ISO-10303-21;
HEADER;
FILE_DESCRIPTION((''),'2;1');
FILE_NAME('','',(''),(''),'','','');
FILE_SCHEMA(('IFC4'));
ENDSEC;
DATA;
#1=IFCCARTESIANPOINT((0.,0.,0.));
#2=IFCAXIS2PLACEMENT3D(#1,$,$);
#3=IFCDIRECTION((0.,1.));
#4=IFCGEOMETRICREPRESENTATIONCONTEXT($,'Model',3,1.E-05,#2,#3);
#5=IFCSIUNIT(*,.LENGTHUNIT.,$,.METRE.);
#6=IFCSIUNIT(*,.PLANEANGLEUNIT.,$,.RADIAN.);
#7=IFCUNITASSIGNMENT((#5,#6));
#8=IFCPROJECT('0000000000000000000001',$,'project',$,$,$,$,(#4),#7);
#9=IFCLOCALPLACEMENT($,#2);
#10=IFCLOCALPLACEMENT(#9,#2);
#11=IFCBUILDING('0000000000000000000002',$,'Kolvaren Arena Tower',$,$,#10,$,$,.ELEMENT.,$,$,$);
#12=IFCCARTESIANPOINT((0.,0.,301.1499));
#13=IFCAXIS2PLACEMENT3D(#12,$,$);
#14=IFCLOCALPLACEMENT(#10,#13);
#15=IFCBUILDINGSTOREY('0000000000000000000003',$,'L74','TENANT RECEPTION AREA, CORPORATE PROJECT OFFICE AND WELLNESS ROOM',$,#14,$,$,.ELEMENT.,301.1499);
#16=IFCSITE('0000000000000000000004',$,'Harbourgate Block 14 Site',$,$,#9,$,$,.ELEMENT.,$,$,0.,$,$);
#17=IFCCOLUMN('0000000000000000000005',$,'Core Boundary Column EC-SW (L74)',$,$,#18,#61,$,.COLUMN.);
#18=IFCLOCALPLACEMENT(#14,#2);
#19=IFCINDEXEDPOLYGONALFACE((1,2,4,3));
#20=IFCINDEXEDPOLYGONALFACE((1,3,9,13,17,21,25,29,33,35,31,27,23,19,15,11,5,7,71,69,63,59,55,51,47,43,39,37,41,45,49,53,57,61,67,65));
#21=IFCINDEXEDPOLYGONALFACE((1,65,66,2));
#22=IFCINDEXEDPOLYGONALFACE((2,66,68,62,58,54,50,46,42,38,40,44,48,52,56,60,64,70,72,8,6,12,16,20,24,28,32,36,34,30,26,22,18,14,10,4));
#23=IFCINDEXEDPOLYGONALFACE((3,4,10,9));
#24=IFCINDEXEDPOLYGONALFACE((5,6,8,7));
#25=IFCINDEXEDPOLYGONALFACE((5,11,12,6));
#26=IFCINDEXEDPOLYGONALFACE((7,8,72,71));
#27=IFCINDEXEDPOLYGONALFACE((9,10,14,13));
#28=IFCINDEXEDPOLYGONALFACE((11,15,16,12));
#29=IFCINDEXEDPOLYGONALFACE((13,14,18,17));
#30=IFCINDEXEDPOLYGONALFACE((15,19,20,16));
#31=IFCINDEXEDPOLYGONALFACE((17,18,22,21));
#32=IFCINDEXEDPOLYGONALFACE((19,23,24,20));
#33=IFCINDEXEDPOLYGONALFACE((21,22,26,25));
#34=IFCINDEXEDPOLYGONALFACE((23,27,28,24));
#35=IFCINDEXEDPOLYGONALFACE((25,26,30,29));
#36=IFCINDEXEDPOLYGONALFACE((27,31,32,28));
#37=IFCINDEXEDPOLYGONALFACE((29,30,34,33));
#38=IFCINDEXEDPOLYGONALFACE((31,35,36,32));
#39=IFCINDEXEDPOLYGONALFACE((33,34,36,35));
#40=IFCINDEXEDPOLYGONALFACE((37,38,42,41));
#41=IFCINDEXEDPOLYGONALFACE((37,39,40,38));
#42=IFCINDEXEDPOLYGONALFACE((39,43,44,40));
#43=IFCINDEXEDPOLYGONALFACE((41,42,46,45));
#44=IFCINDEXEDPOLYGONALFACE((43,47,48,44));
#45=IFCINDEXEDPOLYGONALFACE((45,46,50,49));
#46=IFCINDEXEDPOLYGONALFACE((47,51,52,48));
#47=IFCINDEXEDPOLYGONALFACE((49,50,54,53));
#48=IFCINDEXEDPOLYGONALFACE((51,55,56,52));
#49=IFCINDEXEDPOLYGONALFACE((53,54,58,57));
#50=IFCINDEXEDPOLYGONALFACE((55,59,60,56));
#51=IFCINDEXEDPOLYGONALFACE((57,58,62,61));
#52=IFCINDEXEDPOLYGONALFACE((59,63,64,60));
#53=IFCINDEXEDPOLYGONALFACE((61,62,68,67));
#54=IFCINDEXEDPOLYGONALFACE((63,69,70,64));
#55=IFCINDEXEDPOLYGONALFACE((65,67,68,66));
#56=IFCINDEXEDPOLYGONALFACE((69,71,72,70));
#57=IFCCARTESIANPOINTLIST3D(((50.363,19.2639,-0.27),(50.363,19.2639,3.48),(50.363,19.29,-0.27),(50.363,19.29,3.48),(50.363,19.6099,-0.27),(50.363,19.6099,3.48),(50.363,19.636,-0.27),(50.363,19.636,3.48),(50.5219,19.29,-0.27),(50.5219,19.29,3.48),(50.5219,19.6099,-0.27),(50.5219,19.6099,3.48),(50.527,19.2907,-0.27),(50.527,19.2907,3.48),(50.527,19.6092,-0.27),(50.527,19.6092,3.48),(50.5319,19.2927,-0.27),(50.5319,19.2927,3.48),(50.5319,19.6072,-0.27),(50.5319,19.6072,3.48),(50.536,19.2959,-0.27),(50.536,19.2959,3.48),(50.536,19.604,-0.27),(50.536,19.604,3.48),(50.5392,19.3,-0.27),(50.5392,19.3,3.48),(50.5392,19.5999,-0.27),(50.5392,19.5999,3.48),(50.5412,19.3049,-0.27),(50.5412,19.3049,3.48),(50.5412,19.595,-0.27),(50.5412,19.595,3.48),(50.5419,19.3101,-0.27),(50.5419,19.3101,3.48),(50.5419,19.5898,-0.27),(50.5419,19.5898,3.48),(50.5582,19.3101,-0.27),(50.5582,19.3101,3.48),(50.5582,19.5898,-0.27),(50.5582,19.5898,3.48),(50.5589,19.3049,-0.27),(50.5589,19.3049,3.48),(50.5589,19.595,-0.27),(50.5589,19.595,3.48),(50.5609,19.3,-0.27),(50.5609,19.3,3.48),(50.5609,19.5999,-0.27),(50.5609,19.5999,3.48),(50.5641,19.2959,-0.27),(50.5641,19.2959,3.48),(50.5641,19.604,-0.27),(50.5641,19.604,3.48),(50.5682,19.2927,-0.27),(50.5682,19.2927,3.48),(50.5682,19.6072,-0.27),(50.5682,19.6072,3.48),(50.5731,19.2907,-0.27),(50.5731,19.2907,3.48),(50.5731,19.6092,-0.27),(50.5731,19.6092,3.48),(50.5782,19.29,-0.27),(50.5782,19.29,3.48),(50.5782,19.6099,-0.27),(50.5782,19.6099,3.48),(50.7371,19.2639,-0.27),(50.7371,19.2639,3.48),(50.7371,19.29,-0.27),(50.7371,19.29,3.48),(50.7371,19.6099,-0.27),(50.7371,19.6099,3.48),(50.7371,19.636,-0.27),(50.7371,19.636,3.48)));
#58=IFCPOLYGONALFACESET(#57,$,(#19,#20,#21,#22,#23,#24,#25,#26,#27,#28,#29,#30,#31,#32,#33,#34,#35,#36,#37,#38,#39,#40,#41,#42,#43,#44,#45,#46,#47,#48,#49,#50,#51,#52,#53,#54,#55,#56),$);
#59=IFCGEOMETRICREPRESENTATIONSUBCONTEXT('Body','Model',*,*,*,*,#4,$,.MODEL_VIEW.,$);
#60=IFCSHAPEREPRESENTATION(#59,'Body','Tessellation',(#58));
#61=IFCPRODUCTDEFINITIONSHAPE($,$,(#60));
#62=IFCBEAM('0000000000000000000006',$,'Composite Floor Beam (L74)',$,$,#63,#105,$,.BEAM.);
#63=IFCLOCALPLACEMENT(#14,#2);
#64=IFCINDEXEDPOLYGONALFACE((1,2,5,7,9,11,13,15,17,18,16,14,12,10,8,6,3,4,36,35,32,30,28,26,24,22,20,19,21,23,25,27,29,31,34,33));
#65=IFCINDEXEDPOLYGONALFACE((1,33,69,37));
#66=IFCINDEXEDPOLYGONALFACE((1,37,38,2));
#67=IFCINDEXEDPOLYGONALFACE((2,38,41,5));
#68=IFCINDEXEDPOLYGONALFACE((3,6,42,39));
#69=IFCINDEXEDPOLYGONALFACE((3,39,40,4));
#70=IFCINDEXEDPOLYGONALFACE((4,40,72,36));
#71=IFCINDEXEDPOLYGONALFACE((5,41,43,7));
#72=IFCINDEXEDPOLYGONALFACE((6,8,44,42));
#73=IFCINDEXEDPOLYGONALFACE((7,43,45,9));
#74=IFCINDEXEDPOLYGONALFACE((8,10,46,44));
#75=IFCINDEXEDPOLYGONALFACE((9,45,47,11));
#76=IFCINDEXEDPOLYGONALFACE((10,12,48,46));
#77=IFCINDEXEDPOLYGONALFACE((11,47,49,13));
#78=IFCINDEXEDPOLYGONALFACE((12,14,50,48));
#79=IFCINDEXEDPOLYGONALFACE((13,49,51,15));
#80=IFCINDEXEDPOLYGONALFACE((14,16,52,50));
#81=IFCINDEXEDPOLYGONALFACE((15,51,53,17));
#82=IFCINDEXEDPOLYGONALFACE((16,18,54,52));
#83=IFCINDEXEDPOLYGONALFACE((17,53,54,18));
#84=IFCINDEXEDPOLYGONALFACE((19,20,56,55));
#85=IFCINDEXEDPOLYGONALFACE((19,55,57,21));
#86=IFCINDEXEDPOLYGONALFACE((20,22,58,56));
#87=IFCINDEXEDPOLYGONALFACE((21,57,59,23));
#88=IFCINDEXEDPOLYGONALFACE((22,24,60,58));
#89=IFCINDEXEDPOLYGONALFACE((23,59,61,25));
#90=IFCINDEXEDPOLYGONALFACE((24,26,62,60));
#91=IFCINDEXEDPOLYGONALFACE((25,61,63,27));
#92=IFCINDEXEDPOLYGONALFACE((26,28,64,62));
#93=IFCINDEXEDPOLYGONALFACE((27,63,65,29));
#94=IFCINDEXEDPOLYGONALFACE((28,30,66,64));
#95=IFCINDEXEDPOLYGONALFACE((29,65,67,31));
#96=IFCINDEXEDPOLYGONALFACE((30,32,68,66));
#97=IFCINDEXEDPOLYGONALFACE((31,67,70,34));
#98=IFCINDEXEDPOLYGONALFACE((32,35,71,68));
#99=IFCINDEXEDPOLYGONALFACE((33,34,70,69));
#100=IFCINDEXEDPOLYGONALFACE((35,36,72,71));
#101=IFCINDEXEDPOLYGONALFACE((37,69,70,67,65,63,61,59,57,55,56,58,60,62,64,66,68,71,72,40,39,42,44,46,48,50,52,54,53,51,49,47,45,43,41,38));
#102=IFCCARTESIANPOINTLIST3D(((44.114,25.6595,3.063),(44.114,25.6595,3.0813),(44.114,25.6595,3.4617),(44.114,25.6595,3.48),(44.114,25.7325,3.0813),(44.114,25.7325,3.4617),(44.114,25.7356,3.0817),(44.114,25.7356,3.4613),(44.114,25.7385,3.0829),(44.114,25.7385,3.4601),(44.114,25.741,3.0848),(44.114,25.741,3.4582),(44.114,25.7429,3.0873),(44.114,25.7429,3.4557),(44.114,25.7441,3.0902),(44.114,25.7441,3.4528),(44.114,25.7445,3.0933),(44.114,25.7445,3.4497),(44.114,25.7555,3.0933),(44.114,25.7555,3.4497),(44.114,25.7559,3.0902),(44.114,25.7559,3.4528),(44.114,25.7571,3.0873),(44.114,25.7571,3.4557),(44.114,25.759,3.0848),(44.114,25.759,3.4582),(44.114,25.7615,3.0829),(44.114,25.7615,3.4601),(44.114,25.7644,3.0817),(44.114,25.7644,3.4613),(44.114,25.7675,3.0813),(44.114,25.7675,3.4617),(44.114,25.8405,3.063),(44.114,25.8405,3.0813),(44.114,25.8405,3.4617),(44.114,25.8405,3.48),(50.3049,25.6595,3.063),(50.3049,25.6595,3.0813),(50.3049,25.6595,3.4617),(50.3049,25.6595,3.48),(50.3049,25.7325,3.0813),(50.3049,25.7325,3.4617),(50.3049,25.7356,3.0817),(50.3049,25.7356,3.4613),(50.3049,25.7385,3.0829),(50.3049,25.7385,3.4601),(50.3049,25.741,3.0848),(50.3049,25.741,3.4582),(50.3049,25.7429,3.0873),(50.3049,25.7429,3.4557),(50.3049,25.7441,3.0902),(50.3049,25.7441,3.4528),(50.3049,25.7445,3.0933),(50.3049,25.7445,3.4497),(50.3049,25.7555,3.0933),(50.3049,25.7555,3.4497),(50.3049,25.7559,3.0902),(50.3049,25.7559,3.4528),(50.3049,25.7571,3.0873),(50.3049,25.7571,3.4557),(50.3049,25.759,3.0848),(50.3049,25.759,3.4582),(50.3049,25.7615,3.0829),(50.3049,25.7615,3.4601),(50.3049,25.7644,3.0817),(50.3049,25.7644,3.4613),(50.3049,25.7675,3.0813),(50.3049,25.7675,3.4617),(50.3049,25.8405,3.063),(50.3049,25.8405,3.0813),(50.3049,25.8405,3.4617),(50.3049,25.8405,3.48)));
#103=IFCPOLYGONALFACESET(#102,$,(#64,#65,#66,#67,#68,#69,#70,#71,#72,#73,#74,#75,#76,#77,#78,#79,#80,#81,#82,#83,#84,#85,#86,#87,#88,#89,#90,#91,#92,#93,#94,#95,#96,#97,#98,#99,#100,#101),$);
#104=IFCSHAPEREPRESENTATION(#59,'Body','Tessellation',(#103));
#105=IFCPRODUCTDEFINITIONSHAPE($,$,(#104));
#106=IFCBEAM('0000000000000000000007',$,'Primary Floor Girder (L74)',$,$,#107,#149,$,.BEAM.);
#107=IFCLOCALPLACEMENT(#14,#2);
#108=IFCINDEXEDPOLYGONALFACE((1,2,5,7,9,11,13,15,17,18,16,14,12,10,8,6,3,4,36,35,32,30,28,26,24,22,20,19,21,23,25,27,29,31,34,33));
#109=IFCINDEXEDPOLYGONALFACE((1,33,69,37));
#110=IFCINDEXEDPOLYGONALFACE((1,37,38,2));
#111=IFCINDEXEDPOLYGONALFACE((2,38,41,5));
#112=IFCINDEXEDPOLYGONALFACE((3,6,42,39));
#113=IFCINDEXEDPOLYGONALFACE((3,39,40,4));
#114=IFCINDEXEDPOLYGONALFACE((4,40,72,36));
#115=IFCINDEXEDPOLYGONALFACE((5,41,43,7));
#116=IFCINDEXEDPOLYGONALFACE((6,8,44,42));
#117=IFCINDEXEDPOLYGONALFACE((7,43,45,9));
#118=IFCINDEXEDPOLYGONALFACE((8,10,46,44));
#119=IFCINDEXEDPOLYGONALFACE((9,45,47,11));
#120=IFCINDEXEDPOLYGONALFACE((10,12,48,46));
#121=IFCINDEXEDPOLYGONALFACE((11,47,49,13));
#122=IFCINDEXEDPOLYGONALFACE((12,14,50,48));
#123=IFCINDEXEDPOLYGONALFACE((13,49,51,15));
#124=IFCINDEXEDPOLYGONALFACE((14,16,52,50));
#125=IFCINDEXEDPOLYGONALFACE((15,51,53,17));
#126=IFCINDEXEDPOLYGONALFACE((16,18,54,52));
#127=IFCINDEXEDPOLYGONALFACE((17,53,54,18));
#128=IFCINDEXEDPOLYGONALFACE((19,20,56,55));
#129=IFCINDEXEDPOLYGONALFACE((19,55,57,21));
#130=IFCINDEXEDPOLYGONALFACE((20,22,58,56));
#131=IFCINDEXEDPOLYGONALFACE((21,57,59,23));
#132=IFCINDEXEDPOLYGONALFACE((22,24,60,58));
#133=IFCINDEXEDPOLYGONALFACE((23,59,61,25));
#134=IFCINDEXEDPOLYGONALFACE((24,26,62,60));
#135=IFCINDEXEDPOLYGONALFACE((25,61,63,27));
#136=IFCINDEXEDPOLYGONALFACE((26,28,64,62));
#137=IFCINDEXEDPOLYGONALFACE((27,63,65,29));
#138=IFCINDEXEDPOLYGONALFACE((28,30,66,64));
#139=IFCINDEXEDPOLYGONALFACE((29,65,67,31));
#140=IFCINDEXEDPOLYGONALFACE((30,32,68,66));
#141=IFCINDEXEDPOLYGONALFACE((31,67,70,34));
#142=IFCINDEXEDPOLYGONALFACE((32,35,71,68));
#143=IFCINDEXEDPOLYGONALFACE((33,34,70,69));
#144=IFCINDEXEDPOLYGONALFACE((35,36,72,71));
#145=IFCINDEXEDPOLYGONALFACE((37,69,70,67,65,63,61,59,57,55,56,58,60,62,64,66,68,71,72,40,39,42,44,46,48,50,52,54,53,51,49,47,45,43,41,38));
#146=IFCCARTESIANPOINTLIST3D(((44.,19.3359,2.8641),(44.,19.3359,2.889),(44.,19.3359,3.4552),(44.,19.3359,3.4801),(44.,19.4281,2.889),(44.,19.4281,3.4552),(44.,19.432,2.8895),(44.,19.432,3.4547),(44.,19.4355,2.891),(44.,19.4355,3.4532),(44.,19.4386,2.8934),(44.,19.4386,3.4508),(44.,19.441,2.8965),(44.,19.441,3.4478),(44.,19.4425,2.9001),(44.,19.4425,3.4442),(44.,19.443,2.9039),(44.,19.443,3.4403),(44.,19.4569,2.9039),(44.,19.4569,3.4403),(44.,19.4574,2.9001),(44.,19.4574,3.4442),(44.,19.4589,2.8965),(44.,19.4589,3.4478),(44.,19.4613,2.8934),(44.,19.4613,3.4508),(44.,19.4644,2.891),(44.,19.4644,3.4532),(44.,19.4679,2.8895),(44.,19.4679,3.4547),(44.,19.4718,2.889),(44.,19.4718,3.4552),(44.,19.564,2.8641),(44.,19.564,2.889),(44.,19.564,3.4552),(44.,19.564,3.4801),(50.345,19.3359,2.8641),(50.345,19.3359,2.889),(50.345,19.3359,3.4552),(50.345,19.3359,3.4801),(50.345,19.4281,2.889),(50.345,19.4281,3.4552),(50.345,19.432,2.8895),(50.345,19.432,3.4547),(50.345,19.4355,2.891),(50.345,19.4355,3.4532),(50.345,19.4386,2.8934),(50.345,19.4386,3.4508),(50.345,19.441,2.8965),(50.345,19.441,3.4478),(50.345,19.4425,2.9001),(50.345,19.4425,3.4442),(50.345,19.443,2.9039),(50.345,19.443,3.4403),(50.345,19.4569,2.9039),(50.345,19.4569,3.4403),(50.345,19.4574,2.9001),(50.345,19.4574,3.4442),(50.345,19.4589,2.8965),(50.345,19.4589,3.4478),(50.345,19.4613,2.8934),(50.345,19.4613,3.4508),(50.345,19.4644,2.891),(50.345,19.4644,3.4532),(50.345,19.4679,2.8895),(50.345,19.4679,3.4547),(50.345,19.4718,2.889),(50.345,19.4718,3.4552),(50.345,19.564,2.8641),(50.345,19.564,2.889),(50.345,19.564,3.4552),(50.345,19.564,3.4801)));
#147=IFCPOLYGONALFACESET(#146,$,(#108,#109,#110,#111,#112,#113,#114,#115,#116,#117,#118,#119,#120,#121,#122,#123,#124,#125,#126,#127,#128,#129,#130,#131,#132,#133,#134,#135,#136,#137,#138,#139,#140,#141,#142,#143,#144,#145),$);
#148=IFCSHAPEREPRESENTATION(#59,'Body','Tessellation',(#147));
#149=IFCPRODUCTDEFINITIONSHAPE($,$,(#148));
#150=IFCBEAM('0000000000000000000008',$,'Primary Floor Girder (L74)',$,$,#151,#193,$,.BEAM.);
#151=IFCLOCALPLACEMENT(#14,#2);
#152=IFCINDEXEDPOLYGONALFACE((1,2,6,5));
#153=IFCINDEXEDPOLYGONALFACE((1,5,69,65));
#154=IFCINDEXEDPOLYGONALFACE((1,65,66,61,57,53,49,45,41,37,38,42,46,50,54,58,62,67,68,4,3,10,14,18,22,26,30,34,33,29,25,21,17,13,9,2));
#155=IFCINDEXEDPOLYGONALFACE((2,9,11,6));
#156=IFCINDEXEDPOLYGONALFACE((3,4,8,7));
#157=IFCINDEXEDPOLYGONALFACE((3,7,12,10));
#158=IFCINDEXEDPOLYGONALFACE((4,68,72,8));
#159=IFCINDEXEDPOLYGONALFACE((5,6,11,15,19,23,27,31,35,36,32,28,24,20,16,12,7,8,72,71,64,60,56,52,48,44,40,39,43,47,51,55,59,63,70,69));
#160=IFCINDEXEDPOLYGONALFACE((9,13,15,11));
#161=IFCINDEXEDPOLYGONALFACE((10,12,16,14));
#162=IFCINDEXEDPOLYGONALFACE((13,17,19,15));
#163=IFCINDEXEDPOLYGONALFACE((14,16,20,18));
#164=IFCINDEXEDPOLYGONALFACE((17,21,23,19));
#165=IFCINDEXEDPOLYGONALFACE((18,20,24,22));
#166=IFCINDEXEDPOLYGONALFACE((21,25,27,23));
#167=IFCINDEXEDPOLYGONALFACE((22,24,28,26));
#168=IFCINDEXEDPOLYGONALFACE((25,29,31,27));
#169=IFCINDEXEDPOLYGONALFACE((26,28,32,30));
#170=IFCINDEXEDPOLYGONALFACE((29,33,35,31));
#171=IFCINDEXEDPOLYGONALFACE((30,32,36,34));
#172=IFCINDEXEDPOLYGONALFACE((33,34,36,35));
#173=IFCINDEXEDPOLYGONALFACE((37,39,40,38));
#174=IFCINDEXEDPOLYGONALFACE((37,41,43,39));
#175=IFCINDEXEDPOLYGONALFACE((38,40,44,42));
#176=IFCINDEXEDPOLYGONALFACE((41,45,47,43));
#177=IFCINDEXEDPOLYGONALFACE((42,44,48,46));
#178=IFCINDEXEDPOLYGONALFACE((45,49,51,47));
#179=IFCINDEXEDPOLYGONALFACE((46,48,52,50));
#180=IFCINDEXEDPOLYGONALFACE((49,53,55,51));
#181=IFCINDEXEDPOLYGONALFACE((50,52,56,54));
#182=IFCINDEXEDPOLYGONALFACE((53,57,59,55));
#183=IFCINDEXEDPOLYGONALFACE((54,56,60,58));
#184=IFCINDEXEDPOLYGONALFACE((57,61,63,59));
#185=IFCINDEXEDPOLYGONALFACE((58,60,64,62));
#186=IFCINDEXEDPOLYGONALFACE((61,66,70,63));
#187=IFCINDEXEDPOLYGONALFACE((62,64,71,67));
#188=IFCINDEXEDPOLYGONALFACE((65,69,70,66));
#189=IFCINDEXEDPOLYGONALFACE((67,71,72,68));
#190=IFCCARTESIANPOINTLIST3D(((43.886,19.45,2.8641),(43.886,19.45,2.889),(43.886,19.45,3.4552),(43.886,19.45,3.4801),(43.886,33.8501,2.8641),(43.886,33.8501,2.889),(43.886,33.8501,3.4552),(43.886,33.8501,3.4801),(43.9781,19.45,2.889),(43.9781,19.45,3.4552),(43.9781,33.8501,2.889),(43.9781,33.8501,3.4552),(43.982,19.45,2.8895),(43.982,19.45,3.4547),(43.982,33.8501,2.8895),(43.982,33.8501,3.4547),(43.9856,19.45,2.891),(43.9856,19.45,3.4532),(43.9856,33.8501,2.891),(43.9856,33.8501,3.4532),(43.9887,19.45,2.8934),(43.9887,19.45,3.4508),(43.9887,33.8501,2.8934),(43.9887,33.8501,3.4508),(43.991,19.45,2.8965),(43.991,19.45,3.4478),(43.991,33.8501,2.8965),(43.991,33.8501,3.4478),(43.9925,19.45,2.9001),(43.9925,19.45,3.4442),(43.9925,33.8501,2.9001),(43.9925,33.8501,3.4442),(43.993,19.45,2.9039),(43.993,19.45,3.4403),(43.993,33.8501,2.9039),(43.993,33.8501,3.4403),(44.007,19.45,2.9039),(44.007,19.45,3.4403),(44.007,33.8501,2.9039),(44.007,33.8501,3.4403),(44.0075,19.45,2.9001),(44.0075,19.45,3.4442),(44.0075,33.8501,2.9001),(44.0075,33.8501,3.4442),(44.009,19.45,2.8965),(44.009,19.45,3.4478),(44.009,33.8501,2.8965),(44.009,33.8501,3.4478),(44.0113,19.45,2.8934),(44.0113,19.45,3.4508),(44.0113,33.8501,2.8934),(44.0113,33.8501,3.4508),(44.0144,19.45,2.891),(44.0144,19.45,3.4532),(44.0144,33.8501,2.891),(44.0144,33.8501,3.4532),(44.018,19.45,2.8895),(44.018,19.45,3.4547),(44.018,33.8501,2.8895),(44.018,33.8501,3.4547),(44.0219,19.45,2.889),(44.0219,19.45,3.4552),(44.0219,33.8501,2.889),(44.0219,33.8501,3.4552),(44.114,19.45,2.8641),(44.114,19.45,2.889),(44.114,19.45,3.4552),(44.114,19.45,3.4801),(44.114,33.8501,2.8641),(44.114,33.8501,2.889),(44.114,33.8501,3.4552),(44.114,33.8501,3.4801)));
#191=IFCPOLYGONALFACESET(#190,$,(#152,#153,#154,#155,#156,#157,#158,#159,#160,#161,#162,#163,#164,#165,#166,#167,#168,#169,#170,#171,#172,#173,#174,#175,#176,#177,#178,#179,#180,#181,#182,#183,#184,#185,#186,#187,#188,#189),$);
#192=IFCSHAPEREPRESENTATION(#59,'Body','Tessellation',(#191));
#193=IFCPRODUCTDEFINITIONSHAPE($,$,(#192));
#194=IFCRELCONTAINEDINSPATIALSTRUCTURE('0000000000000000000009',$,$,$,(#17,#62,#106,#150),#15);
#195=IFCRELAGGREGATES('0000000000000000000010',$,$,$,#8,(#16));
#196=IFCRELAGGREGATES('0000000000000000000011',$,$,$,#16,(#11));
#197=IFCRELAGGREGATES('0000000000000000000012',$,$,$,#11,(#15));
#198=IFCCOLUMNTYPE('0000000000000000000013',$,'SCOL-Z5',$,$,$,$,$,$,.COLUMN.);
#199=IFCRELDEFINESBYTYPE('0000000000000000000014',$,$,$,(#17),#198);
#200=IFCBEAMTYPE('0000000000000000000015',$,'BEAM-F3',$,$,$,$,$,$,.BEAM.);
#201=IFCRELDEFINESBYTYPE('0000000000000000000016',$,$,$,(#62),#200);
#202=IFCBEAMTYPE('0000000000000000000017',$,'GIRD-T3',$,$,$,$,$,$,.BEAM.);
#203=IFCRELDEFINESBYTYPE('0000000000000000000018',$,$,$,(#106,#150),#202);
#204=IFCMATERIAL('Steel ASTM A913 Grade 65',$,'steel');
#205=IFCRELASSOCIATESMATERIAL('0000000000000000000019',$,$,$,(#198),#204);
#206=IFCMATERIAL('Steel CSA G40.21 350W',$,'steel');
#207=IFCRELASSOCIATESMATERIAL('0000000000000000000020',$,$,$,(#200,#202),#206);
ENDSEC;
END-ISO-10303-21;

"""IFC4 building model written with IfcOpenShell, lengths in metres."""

from ifc_helpers import new_model, si_unit, direction, frame, origin, origin_2d, place, context, subcontext, project, spatial, i_section, extrude, material, material_profile, profile_set, type_object, element, save


model = new_model("IFC4")

# Units and contexts
model_context = context("Model", 3, precision=1e-05, world=origin(), true_north=direction((0.0, 1.0)))
body_context = subcontext(model_context, "Body", "Model", "MODEL_VIEW")
ifc_project = project(units=[si_unit("LENGTHUNIT", "METRE"), si_unit("PLANEANGLEUNIT", "RADIAN")], contexts=[model_context])

# Site, building, storey
site_placement = place(None, origin())
site = spatial("IfcSite", under=ifc_project, at=site_placement, Name="Harbourgate Block 14 Site", CompositionType="ELEMENT", RefElevation=0.0)
building_placement = place(site_placement, origin())
building = spatial("IfcBuilding", under=site, at=building_placement, Name="Kolvaren Arena Tower", CompositionType="ELEMENT")
storey_placement = place(building_placement, frame((0.0, 0.0, 301.1499)))
storey = spatial("IfcBuildingStorey", under=building, at=storey_placement, Name="L74", Description="TENANT RECEPTION AREA, CORPORATE PROJECT OFFICE AND WELLNESS ROOM", CompositionType="ELEMENT", Elevation=301.1499)

# Column
ifc_material_1 = material(Name="Steel ASTM A913 Grade 65", Category="steel")
ifc_material_profile_1 = material_profile(ifc_material_1, i_section(OverallWidth=0.374, OverallDepth=0.3721, WebThickness=0.0164, FlangeThickness=0.0261, FilletRadius=0.02, at=origin_2d()), Name="W360x196")
ifc_profile_set_1 = profile_set([ifc_material_profile_1], Name="Steel ASTM A913 Grade 65")
column_type = type_object("IfcColumnType", Name="SCOL-Z5", PredefinedType="COLUMN", material=ifc_profile_set_1)
column_placement = place(storey_placement, frame((50.55, 19.45, -0.27), z_axis=(0.0, 0.0, 1.0), x_axis=(1.0, 0.0, 0.0)))
element("IfcColumn", 1, at=column_placement, inside=storey, type_object=column_type, Name="Core Boundary Column EC-SW (L74)", PredefinedType="COLUMN", context=body_context, shape_type="SweptSolid", body=[
    extrude(i_section(OverallWidth=0.374, OverallDepth=0.3721, WebThickness=0.0164, FlangeThickness=0.0261, FilletRadius=0.02, at=origin_2d()), origin(), (0.0, 0.0, 1.0), 3.75),
])

# Beams
ifc_material_2 = material(Name="Steel CSA G40.21 350W", Category="steel")
ifc_material_profile_2 = material_profile(ifc_material_2, i_section(OverallWidth=0.1809, OverallDepth=0.417, WebThickness=0.011, FlangeThickness=0.0183, FilletRadius=0.012, at=origin_2d()), Name="W410x85")
ifc_profile_set_2 = profile_set([ifc_material_profile_2], Name="Steel CSA G40.21 350W")
beam_type_1 = type_object("IfcBeamType", Name="BEAM-F3", PredefinedType="BEAM", material=ifc_profile_set_2)
beam_1_placement = place(storey_placement, frame((44.114, 25.75, 3.2715), z_axis=(1.0, 0.0, 0.0), x_axis=(0.0, 1.0, 0.0)))
element("IfcBeam", 2, at=beam_1_placement, inside=storey, type_object=beam_type_1, Name="Composite Floor Beam (L74)", PredefinedType="BEAM", context=body_context, shape_type="SweptSolid", body=[
    extrude(i_section(OverallWidth=0.1809, OverallDepth=0.417, WebThickness=0.011, FlangeThickness=0.0183, FilletRadius=0.012, at=origin_2d()), origin(), (0.0, 0.0, 1.0), 6.1909),
])
ifc_material_profile_3 = material_profile(ifc_material_2, i_section(OverallWidth=0.228, OverallDepth=0.616, WebThickness=0.0139, FlangeThickness=0.0249, FilletRadius=0.0149, at=origin_2d()), Name="W610x174")
ifc_profile_set_3 = profile_set([ifc_material_profile_3], Name="Steel CSA G40.21 350W")
beam_type_2 = type_object("IfcBeamType", Name="GIRD-T3", PredefinedType="BEAM", material=ifc_profile_set_3)
beam_2_placement = place(storey_placement, frame((44.0, 19.45, 3.1721), z_axis=(1.0, 0.0, 0.0), x_axis=(0.0, 1.0, 0.0)))
element("IfcBeam", 3, at=beam_2_placement, inside=storey, type_object=beam_type_2, Name="Primary Floor Girder (L74)", PredefinedType="BEAM", context=body_context, shape_type="SweptSolid", body=[
    extrude(i_section(OverallWidth=0.228, OverallDepth=0.616, WebThickness=0.0139, FlangeThickness=0.0249, FilletRadius=0.0149, at=origin_2d()), origin(), (0.0, 0.0, 1.0), 6.345),
])
beam_3_placement = place(storey_placement, frame((44.0, 19.45, 3.1721), z_axis=(0.0, 1.0, 0.0), x_axis=(-1.0, 0.0, 0.0)))
element("IfcBeam", 4, at=beam_3_placement, inside=storey, type_object=beam_type_2, Name="Primary Floor Girder (L74)", PredefinedType="BEAM", context=body_context, shape_type="SweptSolid", body=[
    extrude(i_section(OverallWidth=0.228, OverallDepth=0.616, WebThickness=0.0139, FlangeThickness=0.0249, FilletRadius=0.0149, at=origin_2d()), origin(), (0.0, 0.0, 1.0), 14.4001),
])

save(model, "model.ifc")
